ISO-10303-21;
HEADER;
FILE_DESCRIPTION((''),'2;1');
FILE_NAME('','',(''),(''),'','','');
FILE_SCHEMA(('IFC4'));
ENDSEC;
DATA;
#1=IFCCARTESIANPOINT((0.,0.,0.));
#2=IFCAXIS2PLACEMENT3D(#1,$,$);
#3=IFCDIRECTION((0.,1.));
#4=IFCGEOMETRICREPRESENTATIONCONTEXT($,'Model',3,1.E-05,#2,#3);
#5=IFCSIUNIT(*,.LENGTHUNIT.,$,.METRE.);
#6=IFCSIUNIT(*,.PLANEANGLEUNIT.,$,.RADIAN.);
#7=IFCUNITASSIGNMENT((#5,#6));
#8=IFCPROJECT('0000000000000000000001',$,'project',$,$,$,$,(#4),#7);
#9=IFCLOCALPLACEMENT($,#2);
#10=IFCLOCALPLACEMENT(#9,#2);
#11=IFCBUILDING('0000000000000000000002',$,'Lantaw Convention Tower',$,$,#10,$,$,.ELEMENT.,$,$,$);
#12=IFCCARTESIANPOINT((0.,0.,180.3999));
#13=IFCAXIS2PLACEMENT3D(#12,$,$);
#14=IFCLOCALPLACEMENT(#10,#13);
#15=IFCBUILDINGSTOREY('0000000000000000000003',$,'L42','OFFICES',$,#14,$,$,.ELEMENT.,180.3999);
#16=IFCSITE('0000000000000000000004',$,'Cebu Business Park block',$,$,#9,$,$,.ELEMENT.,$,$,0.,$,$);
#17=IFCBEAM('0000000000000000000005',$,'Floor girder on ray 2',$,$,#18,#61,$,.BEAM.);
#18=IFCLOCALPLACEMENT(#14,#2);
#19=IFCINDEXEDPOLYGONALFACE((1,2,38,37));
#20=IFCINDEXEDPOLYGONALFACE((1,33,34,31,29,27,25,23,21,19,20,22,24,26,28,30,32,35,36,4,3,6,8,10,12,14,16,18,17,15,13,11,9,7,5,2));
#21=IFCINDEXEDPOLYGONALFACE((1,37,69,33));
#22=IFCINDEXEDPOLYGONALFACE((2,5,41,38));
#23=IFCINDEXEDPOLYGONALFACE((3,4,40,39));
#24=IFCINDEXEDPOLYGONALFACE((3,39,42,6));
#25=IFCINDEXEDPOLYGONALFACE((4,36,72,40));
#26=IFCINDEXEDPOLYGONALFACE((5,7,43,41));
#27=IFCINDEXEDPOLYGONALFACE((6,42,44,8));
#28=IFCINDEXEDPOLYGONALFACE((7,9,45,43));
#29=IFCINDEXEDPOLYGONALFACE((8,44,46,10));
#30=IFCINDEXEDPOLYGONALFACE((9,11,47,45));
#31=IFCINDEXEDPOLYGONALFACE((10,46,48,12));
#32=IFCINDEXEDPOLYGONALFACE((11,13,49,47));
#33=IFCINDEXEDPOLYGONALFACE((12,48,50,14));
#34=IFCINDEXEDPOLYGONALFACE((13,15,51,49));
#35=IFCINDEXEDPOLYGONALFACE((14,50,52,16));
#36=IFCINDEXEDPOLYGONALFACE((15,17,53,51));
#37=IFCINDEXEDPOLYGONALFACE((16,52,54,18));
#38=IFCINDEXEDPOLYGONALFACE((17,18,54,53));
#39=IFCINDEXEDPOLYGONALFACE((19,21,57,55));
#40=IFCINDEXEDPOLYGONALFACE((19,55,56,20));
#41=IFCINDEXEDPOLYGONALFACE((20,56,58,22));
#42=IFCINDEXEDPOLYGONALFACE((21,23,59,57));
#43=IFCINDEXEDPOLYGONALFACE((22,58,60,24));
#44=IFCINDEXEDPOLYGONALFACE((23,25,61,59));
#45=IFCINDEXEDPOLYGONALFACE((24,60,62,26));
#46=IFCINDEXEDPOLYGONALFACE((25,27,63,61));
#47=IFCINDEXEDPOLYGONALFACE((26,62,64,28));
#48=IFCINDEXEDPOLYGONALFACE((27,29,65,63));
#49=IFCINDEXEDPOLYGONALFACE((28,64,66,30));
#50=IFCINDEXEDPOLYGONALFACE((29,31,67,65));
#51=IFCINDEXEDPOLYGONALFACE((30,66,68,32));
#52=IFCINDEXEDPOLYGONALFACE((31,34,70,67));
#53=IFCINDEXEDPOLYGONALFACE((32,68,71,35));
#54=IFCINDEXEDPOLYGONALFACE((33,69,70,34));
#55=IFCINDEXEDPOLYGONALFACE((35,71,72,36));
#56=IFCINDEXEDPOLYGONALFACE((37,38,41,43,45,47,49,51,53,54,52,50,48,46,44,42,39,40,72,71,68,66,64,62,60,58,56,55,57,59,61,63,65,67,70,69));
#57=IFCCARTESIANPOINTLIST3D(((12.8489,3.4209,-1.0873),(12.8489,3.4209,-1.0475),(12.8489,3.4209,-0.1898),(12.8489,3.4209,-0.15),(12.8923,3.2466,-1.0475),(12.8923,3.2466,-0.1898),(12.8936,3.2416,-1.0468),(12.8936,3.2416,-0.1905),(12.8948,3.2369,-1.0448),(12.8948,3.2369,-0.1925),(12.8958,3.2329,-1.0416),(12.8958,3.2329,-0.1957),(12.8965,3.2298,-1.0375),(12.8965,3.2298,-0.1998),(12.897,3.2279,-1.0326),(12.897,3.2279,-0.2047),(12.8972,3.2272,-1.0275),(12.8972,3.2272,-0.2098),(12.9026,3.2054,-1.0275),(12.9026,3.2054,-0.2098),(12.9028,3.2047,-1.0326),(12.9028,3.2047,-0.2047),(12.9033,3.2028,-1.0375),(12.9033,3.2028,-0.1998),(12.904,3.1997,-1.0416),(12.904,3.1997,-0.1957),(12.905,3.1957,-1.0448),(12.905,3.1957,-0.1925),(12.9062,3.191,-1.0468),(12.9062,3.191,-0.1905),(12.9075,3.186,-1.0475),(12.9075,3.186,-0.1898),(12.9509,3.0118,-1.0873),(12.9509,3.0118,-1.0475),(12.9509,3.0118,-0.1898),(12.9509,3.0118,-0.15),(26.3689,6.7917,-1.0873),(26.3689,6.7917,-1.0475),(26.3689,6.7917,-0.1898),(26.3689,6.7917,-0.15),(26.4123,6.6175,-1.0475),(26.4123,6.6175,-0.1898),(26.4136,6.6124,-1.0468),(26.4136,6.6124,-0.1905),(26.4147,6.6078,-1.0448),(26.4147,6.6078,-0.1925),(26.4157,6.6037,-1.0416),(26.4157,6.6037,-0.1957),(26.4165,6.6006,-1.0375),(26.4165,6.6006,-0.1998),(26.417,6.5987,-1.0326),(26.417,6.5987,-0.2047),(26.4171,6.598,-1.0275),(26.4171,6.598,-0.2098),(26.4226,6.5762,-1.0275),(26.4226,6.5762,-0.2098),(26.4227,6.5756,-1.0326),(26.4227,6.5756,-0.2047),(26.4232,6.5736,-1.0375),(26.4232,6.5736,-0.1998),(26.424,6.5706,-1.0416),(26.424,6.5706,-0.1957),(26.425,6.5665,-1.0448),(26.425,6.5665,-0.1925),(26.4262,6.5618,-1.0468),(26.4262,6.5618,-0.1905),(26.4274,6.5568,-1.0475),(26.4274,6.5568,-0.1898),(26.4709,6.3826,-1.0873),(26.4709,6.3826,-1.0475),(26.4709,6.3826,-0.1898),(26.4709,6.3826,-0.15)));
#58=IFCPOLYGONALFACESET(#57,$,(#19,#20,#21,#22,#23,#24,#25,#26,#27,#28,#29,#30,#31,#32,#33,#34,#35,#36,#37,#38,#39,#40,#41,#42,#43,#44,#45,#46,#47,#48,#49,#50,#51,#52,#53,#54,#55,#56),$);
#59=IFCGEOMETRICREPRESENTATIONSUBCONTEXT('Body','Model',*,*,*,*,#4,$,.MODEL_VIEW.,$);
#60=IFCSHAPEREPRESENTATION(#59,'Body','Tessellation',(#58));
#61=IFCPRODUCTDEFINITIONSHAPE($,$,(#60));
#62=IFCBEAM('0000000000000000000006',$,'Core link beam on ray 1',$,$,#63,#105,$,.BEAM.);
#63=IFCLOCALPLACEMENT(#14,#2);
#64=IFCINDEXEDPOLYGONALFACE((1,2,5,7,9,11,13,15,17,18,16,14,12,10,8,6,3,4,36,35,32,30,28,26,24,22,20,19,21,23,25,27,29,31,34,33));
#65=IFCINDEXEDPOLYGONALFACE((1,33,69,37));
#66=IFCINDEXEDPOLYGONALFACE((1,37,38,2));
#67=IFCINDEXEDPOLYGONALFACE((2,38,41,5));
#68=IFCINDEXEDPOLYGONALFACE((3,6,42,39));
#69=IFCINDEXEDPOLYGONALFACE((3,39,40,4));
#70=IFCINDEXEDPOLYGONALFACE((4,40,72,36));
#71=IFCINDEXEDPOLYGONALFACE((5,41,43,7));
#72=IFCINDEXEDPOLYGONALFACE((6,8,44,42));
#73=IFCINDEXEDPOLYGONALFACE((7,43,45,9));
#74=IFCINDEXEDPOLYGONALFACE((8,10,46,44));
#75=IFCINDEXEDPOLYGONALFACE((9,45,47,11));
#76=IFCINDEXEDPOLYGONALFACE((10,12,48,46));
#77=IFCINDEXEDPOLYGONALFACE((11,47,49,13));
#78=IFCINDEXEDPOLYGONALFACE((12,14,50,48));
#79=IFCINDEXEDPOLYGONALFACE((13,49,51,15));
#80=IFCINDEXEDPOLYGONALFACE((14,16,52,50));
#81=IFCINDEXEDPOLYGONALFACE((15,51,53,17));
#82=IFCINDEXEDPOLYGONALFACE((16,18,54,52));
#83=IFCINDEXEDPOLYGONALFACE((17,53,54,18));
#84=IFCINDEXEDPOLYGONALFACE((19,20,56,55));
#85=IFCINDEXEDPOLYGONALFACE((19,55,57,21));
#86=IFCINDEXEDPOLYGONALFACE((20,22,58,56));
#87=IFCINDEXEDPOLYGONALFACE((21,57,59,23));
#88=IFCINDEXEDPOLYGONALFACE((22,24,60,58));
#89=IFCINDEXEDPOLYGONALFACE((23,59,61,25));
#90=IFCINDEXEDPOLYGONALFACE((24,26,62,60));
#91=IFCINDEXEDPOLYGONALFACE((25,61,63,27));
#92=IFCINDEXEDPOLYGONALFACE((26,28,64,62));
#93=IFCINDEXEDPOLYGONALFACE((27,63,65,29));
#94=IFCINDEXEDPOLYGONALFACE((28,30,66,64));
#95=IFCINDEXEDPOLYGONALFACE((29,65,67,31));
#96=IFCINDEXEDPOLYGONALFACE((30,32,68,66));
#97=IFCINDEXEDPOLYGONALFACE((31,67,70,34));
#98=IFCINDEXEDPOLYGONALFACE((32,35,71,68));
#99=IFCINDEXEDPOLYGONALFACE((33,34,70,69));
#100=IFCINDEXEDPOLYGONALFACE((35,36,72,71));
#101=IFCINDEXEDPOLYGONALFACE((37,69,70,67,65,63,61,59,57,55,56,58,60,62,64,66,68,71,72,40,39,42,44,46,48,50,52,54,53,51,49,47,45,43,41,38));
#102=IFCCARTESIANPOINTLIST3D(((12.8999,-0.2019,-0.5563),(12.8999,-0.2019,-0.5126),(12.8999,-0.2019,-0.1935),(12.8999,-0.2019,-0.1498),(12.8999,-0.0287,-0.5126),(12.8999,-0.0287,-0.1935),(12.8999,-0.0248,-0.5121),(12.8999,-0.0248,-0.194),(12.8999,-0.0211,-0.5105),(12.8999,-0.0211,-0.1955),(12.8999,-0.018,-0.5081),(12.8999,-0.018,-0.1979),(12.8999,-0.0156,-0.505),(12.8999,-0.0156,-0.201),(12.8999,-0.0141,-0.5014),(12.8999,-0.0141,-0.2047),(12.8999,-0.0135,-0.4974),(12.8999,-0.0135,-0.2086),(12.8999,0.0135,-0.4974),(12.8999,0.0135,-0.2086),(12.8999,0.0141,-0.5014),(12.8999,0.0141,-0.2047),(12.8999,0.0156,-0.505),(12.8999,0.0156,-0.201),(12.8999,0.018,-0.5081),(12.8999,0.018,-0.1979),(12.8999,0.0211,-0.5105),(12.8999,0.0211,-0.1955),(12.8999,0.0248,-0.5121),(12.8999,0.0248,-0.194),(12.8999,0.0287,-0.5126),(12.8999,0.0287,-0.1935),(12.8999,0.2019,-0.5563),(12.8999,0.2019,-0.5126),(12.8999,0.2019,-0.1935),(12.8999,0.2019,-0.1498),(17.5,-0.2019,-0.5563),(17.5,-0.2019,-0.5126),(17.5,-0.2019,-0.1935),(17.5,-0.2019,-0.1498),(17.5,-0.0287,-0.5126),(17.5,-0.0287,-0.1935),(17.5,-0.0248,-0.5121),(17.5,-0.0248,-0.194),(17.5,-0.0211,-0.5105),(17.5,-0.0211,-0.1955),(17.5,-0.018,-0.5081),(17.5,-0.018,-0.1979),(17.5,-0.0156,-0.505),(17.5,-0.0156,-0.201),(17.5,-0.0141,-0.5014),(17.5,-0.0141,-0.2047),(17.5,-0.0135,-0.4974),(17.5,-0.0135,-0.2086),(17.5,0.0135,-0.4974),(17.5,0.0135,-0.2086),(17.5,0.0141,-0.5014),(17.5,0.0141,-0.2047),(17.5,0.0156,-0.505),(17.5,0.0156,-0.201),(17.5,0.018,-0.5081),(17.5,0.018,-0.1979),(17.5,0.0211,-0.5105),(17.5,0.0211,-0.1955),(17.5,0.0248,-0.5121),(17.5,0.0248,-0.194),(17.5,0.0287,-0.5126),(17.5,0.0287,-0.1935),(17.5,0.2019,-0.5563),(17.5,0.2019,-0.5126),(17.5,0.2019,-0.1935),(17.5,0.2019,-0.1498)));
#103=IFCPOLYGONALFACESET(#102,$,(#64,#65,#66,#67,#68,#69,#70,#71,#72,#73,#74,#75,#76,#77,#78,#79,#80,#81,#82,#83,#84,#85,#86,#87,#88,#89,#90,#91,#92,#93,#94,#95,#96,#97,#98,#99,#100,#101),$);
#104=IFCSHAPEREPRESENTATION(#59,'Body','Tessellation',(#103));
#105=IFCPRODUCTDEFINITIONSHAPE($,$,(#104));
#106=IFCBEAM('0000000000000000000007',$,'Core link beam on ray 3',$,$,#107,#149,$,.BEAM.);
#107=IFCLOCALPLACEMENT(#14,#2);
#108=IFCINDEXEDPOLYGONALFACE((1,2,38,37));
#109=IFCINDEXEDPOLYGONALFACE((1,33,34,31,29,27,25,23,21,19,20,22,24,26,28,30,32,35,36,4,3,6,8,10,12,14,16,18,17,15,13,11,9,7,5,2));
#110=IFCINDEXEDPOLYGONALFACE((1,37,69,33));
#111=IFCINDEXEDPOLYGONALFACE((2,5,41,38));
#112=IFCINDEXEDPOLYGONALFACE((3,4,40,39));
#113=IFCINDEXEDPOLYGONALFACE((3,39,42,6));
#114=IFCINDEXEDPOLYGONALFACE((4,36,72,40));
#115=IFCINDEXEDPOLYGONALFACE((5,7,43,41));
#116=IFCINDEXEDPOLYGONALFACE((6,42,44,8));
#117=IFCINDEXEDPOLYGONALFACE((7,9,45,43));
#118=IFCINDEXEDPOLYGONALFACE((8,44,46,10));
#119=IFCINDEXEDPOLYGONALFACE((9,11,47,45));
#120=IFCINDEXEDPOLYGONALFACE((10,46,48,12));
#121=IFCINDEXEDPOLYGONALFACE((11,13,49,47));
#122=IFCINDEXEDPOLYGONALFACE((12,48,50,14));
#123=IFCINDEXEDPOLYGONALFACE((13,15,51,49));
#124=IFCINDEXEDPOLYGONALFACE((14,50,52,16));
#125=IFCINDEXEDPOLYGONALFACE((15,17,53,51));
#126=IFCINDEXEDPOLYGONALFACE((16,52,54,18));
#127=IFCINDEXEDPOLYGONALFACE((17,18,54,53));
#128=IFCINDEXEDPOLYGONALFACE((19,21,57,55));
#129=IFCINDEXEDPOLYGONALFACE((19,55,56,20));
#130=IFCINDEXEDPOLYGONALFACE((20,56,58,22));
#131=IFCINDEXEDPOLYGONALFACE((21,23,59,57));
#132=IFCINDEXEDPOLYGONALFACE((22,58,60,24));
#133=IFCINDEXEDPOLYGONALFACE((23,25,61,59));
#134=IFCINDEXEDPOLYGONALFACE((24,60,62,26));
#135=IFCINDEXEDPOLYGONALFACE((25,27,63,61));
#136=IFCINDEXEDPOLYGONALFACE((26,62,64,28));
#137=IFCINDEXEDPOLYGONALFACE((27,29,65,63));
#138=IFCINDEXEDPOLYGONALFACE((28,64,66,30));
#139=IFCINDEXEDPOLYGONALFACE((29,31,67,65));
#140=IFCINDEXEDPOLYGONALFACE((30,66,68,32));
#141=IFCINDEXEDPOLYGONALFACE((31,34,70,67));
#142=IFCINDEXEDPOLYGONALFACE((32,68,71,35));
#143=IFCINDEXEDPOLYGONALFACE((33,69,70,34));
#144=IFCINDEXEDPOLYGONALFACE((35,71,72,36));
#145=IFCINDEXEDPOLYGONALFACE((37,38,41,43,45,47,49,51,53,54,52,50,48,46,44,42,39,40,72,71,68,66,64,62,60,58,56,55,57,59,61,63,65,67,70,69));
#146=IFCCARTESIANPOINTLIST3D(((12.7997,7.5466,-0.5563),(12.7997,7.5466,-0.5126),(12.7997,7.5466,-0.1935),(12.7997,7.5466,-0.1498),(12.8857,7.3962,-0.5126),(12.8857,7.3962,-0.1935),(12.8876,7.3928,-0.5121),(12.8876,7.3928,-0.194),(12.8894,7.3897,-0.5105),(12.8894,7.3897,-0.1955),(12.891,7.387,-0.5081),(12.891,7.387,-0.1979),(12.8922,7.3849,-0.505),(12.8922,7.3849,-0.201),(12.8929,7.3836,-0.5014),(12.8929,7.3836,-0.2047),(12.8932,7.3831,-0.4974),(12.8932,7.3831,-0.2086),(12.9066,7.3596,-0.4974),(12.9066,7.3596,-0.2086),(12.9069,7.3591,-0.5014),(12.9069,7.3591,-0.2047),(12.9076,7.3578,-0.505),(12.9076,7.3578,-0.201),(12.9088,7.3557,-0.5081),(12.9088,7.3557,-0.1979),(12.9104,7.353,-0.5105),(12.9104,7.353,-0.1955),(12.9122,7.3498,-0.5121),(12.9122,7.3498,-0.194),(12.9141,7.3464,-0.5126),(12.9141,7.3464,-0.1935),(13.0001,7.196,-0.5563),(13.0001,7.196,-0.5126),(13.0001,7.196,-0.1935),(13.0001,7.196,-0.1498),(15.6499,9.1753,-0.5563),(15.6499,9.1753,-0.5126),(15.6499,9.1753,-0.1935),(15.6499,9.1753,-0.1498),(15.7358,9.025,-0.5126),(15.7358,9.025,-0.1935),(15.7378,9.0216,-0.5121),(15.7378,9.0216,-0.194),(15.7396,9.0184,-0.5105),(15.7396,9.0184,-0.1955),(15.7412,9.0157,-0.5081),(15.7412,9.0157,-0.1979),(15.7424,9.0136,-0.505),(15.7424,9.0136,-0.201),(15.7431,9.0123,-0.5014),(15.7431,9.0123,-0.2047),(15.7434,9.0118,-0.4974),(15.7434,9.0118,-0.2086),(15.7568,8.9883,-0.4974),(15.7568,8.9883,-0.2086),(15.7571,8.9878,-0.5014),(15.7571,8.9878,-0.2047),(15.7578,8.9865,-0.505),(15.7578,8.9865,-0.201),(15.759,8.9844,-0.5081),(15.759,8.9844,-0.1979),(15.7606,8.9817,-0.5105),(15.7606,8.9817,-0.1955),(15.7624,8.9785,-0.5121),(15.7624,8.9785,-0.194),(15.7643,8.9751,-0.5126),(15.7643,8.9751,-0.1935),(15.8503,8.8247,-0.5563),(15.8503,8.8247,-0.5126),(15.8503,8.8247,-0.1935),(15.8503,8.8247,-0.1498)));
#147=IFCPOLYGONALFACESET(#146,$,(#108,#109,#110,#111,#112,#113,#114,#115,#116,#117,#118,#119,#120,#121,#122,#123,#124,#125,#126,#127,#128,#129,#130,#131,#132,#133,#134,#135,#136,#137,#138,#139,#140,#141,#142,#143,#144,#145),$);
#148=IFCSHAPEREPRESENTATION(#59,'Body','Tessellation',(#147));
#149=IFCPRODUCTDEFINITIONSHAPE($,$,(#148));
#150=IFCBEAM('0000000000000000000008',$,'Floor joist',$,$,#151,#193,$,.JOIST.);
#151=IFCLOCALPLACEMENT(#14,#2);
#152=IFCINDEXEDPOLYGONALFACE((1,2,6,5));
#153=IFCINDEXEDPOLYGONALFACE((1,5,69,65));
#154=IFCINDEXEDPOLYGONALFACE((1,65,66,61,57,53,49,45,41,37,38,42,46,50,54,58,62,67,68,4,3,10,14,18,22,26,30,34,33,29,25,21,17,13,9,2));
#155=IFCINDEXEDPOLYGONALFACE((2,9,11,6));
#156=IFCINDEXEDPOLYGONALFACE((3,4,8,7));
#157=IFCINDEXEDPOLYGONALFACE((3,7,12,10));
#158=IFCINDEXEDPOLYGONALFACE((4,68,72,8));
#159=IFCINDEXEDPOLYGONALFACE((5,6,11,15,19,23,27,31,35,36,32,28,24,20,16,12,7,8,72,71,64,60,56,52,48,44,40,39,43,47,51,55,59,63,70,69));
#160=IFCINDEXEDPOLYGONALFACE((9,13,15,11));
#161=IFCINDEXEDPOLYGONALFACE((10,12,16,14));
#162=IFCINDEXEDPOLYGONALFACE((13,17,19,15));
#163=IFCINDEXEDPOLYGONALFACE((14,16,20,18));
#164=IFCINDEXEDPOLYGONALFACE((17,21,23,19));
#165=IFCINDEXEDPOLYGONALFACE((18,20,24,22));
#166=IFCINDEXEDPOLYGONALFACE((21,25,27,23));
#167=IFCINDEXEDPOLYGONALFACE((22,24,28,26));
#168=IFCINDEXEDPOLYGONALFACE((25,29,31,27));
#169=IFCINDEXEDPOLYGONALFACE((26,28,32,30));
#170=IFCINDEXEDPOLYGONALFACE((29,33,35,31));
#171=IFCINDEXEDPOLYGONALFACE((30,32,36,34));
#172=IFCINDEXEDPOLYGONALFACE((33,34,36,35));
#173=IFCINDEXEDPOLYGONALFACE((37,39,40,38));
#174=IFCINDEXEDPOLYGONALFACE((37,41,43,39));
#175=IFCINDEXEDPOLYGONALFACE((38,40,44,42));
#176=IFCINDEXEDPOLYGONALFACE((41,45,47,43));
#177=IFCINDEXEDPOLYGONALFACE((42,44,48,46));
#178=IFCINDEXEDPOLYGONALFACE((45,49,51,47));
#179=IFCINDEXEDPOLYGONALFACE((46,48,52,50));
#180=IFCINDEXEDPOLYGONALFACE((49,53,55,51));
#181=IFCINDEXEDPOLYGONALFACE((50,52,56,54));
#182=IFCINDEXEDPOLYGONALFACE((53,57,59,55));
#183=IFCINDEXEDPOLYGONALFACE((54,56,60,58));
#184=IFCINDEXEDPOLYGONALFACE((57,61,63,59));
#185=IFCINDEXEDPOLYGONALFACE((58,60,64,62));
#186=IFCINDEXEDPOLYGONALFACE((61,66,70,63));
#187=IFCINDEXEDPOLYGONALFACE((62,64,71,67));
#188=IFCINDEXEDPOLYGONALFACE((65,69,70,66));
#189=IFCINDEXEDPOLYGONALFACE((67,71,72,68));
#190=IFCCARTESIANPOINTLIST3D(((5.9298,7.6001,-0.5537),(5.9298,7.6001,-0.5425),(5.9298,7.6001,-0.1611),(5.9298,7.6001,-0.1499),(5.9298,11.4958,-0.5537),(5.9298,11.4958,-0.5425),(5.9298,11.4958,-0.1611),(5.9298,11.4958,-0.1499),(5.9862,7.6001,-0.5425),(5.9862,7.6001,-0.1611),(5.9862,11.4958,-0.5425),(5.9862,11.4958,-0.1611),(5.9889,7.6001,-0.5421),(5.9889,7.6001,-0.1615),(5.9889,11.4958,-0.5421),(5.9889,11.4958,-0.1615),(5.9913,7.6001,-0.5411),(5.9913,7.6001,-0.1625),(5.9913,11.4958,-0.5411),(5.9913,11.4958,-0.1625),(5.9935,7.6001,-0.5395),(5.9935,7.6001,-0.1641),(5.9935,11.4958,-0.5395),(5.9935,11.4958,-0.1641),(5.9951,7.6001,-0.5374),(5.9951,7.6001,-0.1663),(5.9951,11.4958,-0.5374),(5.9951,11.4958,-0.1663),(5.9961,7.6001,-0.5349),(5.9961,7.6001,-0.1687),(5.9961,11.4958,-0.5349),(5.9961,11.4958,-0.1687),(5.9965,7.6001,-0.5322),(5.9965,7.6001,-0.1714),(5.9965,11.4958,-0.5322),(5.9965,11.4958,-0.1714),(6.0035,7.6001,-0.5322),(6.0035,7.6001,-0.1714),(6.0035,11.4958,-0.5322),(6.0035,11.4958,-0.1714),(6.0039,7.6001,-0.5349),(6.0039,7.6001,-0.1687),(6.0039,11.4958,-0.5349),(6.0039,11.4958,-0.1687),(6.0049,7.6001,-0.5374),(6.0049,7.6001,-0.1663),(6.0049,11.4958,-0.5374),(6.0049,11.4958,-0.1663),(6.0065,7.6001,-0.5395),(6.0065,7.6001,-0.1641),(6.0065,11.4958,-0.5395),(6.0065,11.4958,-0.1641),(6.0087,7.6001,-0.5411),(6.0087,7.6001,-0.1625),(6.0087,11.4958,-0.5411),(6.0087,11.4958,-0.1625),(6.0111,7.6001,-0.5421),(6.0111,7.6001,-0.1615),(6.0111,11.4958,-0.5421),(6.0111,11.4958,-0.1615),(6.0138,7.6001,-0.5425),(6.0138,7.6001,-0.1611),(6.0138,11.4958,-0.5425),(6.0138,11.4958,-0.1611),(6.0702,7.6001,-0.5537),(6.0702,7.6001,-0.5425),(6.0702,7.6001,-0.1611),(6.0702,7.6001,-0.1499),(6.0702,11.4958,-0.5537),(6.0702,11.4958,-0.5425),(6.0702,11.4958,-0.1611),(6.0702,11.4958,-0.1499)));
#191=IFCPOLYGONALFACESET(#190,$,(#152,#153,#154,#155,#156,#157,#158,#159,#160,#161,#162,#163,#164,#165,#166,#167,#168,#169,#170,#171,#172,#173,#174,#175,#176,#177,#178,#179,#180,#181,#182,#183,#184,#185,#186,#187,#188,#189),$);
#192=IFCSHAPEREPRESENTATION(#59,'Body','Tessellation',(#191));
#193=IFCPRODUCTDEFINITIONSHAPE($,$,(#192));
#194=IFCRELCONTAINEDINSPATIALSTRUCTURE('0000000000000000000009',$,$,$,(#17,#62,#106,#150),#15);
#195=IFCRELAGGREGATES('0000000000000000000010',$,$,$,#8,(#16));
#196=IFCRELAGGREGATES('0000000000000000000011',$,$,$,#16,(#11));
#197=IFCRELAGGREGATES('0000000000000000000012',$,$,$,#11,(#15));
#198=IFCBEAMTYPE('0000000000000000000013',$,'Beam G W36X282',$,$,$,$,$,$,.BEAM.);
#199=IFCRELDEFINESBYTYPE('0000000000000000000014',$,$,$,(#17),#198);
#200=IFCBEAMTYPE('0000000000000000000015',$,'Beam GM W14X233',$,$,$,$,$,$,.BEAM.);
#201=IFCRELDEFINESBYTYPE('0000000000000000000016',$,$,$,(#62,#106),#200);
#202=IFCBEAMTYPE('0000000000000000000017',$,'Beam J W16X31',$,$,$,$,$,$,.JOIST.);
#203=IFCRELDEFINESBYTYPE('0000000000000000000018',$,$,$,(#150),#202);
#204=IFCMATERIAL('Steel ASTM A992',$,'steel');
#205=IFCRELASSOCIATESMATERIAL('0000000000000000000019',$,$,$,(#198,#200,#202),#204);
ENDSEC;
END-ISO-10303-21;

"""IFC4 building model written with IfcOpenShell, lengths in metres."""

from ifc_helpers import new_model, si_unit, direction, frame, origin, origin_2d, place, context, subcontext, project, spatial, i_section, extrude, material, material_profile, profile_set, type_object, element, save


model = new_model("IFC4")

# Units and contexts
model_context = context("Model", 3, precision=1e-05, world=origin(), true_north=direction((0.0, 1.0)))
body_context = subcontext(model_context, "Body", "Model", "MODEL_VIEW")
ifc_project = project(units=[si_unit("LENGTHUNIT", "METRE"), si_unit("PLANEANGLEUNIT", "RADIAN")], contexts=[model_context])

# Site, building, storey
site_placement = place(None, origin())
site = spatial("IfcSite", under=ifc_project, at=site_placement, Name="Cebu Business Park block", CompositionType="ELEMENT", RefElevation=0.0)
building_placement = place(site_placement, origin())
building = spatial("IfcBuilding", under=site, at=building_placement, Name="Lantaw Convention Tower", CompositionType="ELEMENT")
storey_placement = place(building_placement, frame((0.0, 0.0, 180.3999)))
storey = spatial("IfcBuildingStorey", under=building, at=storey_placement, Name="L42", Description="OFFICES", CompositionType="ELEMENT", Elevation=180.3999)

# Beams
ifc_material_1 = material(Name="Steel ASTM A992", Category="steel")
ifc_material_profile_1 = material_profile(ifc_material_1, i_section(OverallWidth=0.4216, OverallDepth=0.9373, WebThickness=0.0225, FlangeThickness=0.0398, FilletRadius=0.02, at=origin_2d()), Name="W36X282")
ifc_profile_set_1 = profile_set([ifc_material_profile_1], Name="Steel ASTM A992")
beam_type_1 = type_object("IfcBeamType", Name="Beam G W36X282", PredefinedType="BEAM", material=ifc_profile_set_1)
beam_1_placement = place(storey_placement, frame((12.8999, 3.2163, -0.6187), z_axis=(0.970297, 0.241917, 0.0), x_axis=(-0.241917, 0.970297, 0.0)))
element("IfcBeam", 1, at=beam_1_placement, inside=storey, type_object=beam_type_1, Name="Floor girder on ray 2", PredefinedType="BEAM", context=body_context, shape_type="SweptSolid", body=[
    extrude(i_section(OverallWidth=0.4216, OverallDepth=0.9373, WebThickness=0.0225, FlangeThickness=0.0398, FilletRadius=0.02, at=origin_2d()), origin(), (0.0, 0.0, 1.0), 13.9338),
])
ifc_material_profile_2 = material_profile(ifc_material_1, i_section(OverallWidth=0.4038, OverallDepth=0.4065, WebThickness=0.0271, FlangeThickness=0.0437, FilletRadius=0.0151, at=origin_2d()), Name="W14X233")
ifc_profile_set_2 = profile_set([ifc_material_profile_2], Name="Steel ASTM A992")
beam_type_2 = type_object("IfcBeamType", Name="Beam GM W14X233", PredefinedType="BEAM", material=ifc_profile_set_2)
beam_2_placement = place(storey_placement, frame((12.8999, 0.0, -0.353), z_axis=(1.0, 0.0, 0.0), x_axis=(0.0, 1.0, 0.0)))
element("IfcBeam", 2, at=beam_2_placement, inside=storey, type_object=beam_type_2, Name="Core link beam on ray 1", PredefinedType="BEAM", context=body_context, shape_type="SweptSolid", body=[
    extrude(i_section(OverallWidth=0.4038, OverallDepth=0.4065, WebThickness=0.0271, FlangeThickness=0.0437, FilletRadius=0.0151, at=origin_2d()), origin(), (0.0, 0.0, 1.0), 4.6001),
])
beam_3_placement = place(storey_placement, frame((12.8999, 7.3713, -0.353), z_axis=(0.868239, 0.496147, 0.0), x_axis=(-0.496147, 0.868239, 0.0)))
element("IfcBeam", 3, at=beam_3_placement, inside=storey, type_object=beam_type_2, Name="Core link beam on ray 3", PredefinedType="BEAM", context=body_context, shape_type="SweptSolid", body=[
    extrude(i_section(OverallWidth=0.4038, OverallDepth=0.4065, WebThickness=0.0271, FlangeThickness=0.0437, FilletRadius=0.0151, at=origin_2d()), origin(), (0.0, 0.0, 1.0), 3.2827),
])
ifc_material_profile_3 = material_profile(ifc_material_1, i_section(OverallWidth=0.1404, OverallDepth=0.4038, WebThickness=0.0071, FlangeThickness=0.0112, FilletRadius=0.0103, at=origin_2d()), Name="W16X31")
ifc_profile_set_3 = profile_set([ifc_material_profile_3], Name="Steel ASTM A992")
beam_type_3 = type_object("IfcBeamType", Name="Beam J W16X31", PredefinedType="JOIST", material=ifc_profile_set_3)
beam_4_placement = place(storey_placement, frame((6.0, 7.6001, -0.3518), z_axis=(0.0, 1.0, 0.0), x_axis=(-1.0, 0.0, 0.0)))
element("IfcBeam", 4, at=beam_4_placement, inside=storey, type_object=beam_type_3, Name="Floor joist", PredefinedType="JOIST", context=body_context, shape_type="SweptSolid", body=[
    extrude(i_section(OverallWidth=0.1404, OverallDepth=0.4038, WebThickness=0.0071, FlangeThickness=0.0112, FilletRadius=0.0103, at=origin_2d()), origin(), (0.0, 0.0, 1.0), 3.8958),
])

save(model, "model.ifc")
